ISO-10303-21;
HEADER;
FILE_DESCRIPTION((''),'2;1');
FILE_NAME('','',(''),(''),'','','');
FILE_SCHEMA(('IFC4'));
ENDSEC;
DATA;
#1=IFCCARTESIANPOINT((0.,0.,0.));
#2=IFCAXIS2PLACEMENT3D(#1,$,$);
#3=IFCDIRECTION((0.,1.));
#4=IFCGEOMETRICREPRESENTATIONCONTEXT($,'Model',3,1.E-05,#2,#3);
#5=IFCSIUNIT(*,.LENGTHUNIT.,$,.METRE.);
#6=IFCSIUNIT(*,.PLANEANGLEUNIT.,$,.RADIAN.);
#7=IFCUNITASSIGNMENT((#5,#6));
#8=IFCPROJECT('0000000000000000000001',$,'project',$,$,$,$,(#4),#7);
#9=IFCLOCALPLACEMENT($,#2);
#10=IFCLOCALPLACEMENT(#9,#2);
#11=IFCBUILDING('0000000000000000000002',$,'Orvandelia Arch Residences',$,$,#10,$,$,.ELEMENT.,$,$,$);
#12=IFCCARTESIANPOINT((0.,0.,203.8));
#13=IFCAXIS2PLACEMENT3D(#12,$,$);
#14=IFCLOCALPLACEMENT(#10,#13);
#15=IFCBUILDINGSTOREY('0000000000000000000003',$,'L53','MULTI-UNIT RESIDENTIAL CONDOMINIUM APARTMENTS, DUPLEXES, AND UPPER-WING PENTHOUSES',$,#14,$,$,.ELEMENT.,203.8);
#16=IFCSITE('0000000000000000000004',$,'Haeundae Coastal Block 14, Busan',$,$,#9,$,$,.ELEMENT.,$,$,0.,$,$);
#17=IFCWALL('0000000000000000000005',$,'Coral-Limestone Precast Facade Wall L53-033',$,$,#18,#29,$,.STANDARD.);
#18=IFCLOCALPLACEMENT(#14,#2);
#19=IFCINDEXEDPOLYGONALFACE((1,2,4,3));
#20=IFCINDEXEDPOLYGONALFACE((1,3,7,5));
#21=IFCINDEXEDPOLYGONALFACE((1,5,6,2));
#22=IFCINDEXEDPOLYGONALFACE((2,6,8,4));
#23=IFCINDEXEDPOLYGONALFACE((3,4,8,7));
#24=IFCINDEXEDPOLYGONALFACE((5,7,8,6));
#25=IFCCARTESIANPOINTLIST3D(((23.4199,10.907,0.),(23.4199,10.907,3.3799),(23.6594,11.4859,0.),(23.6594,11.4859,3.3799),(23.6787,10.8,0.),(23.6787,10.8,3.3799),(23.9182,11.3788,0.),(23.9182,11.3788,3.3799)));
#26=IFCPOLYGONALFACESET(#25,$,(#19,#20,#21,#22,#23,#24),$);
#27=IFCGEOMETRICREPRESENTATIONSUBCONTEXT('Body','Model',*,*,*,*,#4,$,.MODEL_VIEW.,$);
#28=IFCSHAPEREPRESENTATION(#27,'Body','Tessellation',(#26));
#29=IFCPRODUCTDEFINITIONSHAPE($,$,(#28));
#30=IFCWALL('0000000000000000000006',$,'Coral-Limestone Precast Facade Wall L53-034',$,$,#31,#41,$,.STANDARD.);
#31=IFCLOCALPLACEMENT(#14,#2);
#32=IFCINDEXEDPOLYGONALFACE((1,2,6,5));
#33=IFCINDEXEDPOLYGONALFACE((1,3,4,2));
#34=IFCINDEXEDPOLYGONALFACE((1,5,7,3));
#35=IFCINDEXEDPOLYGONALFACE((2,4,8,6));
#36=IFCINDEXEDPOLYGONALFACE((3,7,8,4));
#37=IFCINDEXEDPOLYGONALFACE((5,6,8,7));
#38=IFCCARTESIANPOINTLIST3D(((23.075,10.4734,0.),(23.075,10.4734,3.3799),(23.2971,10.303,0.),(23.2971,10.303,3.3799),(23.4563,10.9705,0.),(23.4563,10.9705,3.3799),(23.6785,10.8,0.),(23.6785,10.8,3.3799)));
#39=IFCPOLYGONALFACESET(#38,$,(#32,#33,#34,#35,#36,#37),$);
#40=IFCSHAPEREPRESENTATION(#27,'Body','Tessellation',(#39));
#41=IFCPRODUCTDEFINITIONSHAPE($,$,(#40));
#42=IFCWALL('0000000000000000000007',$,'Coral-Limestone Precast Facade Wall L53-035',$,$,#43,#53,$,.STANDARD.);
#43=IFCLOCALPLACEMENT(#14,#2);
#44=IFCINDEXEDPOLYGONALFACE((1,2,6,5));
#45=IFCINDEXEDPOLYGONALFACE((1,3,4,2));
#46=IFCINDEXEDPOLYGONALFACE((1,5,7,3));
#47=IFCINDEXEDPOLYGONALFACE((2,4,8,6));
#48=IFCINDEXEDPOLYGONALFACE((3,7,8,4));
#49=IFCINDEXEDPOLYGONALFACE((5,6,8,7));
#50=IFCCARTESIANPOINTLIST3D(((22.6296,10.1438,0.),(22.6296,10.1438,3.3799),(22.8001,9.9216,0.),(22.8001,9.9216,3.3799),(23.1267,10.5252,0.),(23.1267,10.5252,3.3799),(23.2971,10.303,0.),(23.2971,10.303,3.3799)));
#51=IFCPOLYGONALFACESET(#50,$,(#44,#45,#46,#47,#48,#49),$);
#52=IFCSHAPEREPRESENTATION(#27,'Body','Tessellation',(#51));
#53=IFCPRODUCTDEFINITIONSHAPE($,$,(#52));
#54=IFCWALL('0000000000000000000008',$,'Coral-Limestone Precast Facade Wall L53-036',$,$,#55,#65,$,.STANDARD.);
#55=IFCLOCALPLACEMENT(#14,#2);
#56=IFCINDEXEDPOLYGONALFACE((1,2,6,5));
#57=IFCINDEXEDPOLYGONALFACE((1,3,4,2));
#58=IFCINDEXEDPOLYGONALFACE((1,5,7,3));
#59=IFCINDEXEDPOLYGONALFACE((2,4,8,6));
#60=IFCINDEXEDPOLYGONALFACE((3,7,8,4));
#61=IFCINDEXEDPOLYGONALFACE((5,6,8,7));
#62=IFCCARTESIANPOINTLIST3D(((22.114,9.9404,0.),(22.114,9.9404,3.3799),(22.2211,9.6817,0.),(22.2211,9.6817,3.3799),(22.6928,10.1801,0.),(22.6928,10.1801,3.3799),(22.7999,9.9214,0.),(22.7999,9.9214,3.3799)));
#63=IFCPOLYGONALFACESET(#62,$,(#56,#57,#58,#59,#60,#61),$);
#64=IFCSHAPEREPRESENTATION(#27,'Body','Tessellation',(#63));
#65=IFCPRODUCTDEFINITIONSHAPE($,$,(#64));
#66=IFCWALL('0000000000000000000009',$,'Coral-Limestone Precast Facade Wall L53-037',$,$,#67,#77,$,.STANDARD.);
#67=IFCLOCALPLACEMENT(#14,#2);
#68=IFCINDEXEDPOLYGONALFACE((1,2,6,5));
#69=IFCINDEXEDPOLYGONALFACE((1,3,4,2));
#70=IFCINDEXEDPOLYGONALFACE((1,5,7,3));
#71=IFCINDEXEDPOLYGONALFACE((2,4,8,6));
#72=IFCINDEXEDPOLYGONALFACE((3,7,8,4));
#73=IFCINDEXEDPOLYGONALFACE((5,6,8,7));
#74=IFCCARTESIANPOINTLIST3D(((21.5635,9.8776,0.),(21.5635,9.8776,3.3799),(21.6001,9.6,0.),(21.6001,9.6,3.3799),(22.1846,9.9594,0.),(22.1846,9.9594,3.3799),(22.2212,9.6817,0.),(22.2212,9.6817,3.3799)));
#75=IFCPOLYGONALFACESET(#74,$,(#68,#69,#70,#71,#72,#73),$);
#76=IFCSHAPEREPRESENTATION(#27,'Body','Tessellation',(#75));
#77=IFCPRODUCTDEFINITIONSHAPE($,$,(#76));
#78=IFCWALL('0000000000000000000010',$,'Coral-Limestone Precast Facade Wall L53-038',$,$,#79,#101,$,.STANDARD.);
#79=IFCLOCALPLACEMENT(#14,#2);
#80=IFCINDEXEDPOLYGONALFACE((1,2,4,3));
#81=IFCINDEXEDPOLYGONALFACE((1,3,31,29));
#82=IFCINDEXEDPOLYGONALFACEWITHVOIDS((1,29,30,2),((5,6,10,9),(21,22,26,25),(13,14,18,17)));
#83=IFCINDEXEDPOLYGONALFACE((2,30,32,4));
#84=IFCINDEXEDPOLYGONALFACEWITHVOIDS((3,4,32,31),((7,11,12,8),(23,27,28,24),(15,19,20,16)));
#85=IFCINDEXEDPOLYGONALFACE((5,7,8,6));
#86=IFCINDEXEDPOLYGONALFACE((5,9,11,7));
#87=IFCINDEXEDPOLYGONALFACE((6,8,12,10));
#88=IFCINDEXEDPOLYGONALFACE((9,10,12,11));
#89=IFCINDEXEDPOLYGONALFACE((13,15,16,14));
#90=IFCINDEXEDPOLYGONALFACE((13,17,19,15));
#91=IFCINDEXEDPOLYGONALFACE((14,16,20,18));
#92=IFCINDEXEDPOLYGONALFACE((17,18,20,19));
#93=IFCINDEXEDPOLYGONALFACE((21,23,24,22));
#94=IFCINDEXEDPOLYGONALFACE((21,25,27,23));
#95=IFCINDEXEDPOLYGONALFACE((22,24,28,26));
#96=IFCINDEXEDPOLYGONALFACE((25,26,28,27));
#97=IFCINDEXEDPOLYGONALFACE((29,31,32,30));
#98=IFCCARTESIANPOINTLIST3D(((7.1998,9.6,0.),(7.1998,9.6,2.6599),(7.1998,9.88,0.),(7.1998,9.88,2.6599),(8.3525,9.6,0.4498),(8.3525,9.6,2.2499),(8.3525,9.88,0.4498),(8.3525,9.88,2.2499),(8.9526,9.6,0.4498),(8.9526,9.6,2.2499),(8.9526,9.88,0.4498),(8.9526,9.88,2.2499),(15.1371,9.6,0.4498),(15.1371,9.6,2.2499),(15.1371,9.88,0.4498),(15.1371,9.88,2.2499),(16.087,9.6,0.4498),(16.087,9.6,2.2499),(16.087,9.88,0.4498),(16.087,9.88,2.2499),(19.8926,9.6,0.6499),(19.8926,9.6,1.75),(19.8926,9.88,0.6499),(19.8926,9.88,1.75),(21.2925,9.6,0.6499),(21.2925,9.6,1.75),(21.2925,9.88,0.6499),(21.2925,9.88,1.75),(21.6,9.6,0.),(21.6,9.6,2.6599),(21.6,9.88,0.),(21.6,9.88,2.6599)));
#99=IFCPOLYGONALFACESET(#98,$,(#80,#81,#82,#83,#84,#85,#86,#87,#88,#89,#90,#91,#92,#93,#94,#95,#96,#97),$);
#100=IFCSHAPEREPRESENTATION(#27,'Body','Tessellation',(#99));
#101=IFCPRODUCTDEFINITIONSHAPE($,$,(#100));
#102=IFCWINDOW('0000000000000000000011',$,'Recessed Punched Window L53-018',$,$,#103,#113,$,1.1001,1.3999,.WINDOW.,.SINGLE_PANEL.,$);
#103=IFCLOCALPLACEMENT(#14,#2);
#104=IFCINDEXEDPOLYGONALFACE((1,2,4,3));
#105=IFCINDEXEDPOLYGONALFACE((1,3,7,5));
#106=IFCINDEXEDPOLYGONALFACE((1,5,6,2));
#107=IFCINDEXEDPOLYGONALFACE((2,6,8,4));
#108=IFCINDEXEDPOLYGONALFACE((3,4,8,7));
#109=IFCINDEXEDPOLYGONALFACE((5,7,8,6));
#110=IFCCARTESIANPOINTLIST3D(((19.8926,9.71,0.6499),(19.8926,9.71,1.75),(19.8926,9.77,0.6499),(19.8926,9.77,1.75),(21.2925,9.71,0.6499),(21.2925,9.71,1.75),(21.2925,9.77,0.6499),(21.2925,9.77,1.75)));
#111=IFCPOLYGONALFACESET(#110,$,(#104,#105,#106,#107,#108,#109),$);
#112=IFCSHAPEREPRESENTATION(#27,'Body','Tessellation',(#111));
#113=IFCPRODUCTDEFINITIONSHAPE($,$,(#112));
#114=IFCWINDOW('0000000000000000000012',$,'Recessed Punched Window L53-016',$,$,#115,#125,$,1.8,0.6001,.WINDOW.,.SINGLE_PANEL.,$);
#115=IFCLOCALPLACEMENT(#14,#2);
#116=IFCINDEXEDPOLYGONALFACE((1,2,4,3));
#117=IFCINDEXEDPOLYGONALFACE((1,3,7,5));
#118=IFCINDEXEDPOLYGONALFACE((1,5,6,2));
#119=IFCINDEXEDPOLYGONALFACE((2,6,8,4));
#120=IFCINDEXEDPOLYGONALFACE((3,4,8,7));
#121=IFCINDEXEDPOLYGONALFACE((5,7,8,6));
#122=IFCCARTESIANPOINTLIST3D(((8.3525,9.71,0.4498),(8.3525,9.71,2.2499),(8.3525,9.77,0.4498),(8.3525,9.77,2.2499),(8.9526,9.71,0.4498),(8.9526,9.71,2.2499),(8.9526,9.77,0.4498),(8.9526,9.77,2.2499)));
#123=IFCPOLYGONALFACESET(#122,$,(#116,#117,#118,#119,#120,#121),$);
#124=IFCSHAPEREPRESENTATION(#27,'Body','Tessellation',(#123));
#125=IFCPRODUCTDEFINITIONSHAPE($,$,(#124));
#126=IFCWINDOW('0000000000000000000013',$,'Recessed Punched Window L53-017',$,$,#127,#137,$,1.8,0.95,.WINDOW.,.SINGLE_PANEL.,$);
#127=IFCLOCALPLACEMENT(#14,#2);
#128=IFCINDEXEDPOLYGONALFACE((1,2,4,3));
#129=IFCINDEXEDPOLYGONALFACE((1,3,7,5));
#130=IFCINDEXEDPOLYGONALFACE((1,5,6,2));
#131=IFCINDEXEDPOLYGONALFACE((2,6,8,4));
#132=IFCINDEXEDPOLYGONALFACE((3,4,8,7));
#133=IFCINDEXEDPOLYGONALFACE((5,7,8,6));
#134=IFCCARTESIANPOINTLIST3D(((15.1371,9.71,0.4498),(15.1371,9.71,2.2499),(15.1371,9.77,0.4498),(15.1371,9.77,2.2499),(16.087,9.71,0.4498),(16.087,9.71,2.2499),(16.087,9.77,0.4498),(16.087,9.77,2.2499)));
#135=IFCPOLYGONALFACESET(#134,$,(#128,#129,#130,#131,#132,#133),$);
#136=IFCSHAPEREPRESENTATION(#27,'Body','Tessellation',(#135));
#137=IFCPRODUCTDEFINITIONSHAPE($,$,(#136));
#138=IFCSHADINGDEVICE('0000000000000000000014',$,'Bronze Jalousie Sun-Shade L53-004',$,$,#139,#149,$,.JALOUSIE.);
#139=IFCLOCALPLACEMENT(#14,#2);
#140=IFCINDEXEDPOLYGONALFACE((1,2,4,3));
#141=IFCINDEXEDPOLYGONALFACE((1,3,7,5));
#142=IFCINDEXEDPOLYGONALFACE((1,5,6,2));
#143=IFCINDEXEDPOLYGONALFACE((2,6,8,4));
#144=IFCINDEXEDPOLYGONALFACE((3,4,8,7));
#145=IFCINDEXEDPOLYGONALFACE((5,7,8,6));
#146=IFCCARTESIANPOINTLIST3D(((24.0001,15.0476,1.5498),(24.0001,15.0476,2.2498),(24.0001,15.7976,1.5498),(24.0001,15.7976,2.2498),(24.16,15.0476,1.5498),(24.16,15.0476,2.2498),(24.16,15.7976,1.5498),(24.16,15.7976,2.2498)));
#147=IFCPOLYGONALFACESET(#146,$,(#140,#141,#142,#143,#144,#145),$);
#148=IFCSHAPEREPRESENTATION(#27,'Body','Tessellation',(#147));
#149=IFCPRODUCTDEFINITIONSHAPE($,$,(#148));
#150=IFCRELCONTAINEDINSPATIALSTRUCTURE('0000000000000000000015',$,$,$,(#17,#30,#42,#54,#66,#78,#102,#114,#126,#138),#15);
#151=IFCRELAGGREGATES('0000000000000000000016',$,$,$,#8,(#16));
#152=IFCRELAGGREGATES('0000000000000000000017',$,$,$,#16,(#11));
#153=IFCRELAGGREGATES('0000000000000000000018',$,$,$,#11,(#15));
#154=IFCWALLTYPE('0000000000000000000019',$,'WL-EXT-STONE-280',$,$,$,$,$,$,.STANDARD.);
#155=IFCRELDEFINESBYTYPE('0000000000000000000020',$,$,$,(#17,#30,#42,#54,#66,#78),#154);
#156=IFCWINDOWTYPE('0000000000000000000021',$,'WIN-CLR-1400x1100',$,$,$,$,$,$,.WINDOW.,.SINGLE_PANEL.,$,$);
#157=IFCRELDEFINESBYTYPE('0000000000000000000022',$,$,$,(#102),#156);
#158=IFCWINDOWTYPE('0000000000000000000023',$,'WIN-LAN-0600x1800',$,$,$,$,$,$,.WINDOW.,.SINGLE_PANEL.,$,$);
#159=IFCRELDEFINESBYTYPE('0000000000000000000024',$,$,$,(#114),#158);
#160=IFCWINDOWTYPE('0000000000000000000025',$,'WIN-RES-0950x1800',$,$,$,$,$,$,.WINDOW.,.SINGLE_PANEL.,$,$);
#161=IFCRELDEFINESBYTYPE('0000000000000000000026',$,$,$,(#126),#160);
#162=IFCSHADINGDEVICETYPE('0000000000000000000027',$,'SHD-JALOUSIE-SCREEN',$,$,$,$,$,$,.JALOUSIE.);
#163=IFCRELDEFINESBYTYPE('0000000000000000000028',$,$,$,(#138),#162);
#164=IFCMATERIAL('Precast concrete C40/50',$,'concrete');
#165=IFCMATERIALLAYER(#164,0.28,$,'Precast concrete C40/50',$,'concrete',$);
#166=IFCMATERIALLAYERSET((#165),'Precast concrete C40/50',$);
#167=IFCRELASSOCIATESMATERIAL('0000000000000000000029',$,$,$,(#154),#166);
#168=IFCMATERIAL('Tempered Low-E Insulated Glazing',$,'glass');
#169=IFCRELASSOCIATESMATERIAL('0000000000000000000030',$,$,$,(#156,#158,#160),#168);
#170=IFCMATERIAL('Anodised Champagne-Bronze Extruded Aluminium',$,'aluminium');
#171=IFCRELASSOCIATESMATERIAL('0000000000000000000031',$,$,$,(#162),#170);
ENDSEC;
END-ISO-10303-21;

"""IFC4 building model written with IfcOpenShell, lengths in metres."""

from ifc_helpers import new_model, si_unit, direction, frame, frame_2d, origin, origin_2d, place, context, subcontext, project, spatial, rectangle, extrude, material, layer, layer_set, type_object, element, fill, save


model = new_model("IFC4")

# Units and contexts
model_context = context("Model", 3, precision=1e-05, world=origin(), true_north=direction((0.0, 1.0)))
body_context = subcontext(model_context, "Body", "Model", "MODEL_VIEW")
ifc_project = project(units=[si_unit("LENGTHUNIT", "METRE"), si_unit("PLANEANGLEUNIT", "RADIAN")], contexts=[model_context])

# Site, building, storey
site_placement = place(None, origin())
site = spatial("IfcSite", under=ifc_project, at=site_placement, Name="Haeundae Coastal Block 14, Busan", CompositionType="ELEMENT", RefElevation=0.0)
building_placement = place(site_placement, origin())
building = spatial("IfcBuilding", under=site, at=building_placement, Name="Orvandelia Arch Residences", CompositionType="ELEMENT")
storey_placement = place(building_placement, frame((0.0, 0.0, 203.8)))
storey = spatial("IfcBuildingStorey", under=building, at=storey_placement, Name="L53", Description="MULTI-UNIT RESIDENTIAL CONDOMINIUM APARTMENTS, DUPLEXES, AND UPPER-WING PENTHOUSES", CompositionType="ELEMENT", Elevation=203.8)

# Walls
ifc_material_1 = material(Name="Precast concrete C40/50", Category="concrete")
ifc_layer = layer(ifc_material_1, 0.28, Name="Precast concrete C40/50", Category="concrete")
ifc_layer_set = layer_set([ifc_layer], Name="Precast concrete C40/50")
wall_type = type_object("IfcWallType", Name="WL-EXT-STONE-280", PredefinedType="STANDARD", material=ifc_layer_set)
for number, where, z_axis, x_axis, name in (
    (1, (23.7888, 11.4324, 0.0), (0.0, 0.0, 1.0), (-0.382317, -0.924031, 0.0), "Coral-Limestone Precast Facade Wall L53-033"),
    (2, (23.5674, 10.8853, 0.0), (0.0, 0.0, 1.0), (-0.608693, -0.793406, 0.0), "Coral-Limestone Precast Facade Wall L53-034"),
    (3, (23.2119, 10.4141, 0.0), (0.0, 0.0, 1.0), (-0.793406, -0.608693, 0.0), "Coral-Limestone Precast Facade Wall L53-035"),
    (4, (22.7463, 10.0508, 0.0), (0.0, 0.0, 1.0), (-0.923893, -0.38265, 0.0), "Coral-Limestone Precast Facade Wall L53-036"),
    (5, (22.2029, 9.8206, 0.0), (0.0, 0.0, 1.0), (-0.991441, -0.130555, 0.0), "Coral-Limestone Precast Facade Wall L53-037"),
):
    element("IfcWall", number, at=place(storey_placement, frame(where, z_axis=z_axis, x_axis=x_axis)), inside=storey, type_object=wall_type, Name=name, PredefinedType="STANDARD", context=body_context, shape_type="SweptSolid", body=[
        extrude(rectangle(XDim=0.6265, YDim=0.28, at=frame_2d((0.3132, 0.0))), origin(), (0.0, 0.0, 1.0), 3.3799),
    ])

# Wall, openings, windows
wall_placement = place(storey_placement, frame((21.6001, 9.74, 0.0), z_axis=(0.0, 0.0, 1.0), x_axis=(-1.0, 0.0, 0.0)))
wall = element("IfcWall", 6, at=wall_placement, inside=storey, type_object=wall_type, Name="Coral-Limestone Precast Facade Wall L53-038", PredefinedType="STANDARD", context=body_context, shape_type="SweptSolid", body=[
    extrude(rectangle(XDim=14.4001, YDim=0.28, at=frame_2d((7.2002, 0.0))), origin(), (0.0, 0.0, 1.0), 2.6599),
])
opening_1_placement = place(wall_placement, frame((12.6475, 0.0, 0.45)))
opening_1 = element("IfcOpeningElement", 7, at=opening_1_placement, cuts=wall, PredefinedType="OPENING", context=body_context, shape_type="SweptSolid", body=[
    extrude(rectangle(XDim=0.6001, YDim=1.8, at=frame_2d((0.3, 0.8999))), frame((0.0, 0.1499, 0.0), z_axis=(0.0, -1.0, 0.0), x_axis=(1.0, 0.0, 0.0)), (0.0, 0.0, 1.0), 0.3),
])
opening_2_placement = place(wall_placement, frame((5.5129, 0.0, 0.45)))
opening_2 = element("IfcOpeningElement", 8, at=opening_2_placement, cuts=wall, PredefinedType="OPENING", context=body_context, shape_type="SweptSolid", body=[
    extrude(rectangle(XDim=0.95, YDim=1.8, at=frame_2d((0.4751, 0.8999))), frame((0.0, 0.1499, 0.0), z_axis=(0.0, -1.0, 0.0), x_axis=(1.0, 0.0, 0.0)), (0.0, 0.0, 1.0), 0.3),
])
opening_3_placement = place(wall_placement, frame((0.3076, 0.0, 0.6499)))
opening_3 = element("IfcOpeningElement", 9, at=opening_3_placement, cuts=wall, PredefinedType="OPENING", context=body_context, shape_type="SweptSolid", body=[
    extrude(rectangle(XDim=1.3999, YDim=1.1001, at=frame_2d((0.7, 0.55))), frame((0.0, 0.1499, 0.0), z_axis=(0.0, -1.0, 0.0), x_axis=(1.0, 0.0, 0.0)), (0.0, 0.0, 1.0), 0.3),
])
ifc_material_2 = material(Name="Tempered Low-E Insulated Glazing", Category="glass")
window_type_1 = type_object("IfcWindowType", Name="WIN-CLR-1400x1100", PartitioningType="SINGLE_PANEL", PredefinedType="WINDOW", material=ifc_material_2)
window_1_placement = place(opening_3_placement, origin())
window_1 = element("IfcWindow", 10, at=window_1_placement, inside=storey, type_object=window_type_1, Name="Recessed Punched Window L53-018", OverallHeight=1.1001, OverallWidth=1.3999, PartitioningType="SINGLE_PANEL", PredefinedType="WINDOW", context=body_context, shape_type="SweptSolid", body=[
    extrude(rectangle(XDim=1.3999, YDim=1.1001, at=frame_2d((0.7, 0.55))), frame((0.0, 0.03, 0.0), z_axis=(0.0, -1.0, 0.0), x_axis=(1.0, 0.0, 0.0)), (0.0, 0.0, 1.0), 0.0601),
])
fill(opening_3, window_1)
window_type_2 = type_object("IfcWindowType", Name="WIN-LAN-0600x1800", PartitioningType="SINGLE_PANEL", PredefinedType="WINDOW", material=ifc_material_2)
window_2_placement = place(opening_1_placement, origin())
window_2 = element("IfcWindow", 11, at=window_2_placement, inside=storey, type_object=window_type_2, Name="Recessed Punched Window L53-016", OverallHeight=1.8, OverallWidth=0.6001, PartitioningType="SINGLE_PANEL", PredefinedType="WINDOW", context=body_context, shape_type="SweptSolid", body=[
    extrude(rectangle(XDim=0.6001, YDim=1.8, at=frame_2d((0.3, 0.8999))), frame((0.0, 0.03, 0.0), z_axis=(0.0, -1.0, 0.0), x_axis=(1.0, 0.0, 0.0)), (0.0, 0.0, 1.0), 0.0601),
])
fill(opening_1, window_2)
window_type_3 = type_object("IfcWindowType", Name="WIN-RES-0950x1800", PartitioningType="SINGLE_PANEL", PredefinedType="WINDOW", material=ifc_material_2)
window_3_placement = place(opening_2_placement, origin())
window_3 = element("IfcWindow", 12, at=window_3_placement, inside=storey, type_object=window_type_3, Name="Recessed Punched Window L53-017", OverallHeight=1.8, OverallWidth=0.95, PartitioningType="SINGLE_PANEL", PredefinedType="WINDOW", context=body_context, shape_type="SweptSolid", body=[
    extrude(rectangle(XDim=0.95, YDim=1.8, at=frame_2d((0.4751, 0.8999))), frame((0.0, 0.03, 0.0), z_axis=(0.0, -1.0, 0.0), x_axis=(1.0, 0.0, 0.0)), (0.0, 0.0, 1.0), 0.0601),
])
fill(opening_2, window_3)

# Shading device
ifc_material_3 = material(Name="Anodised Champagne-Bronze Extruded Aluminium", Category="aluminium")
shading_device_type = type_object("IfcShadingDeviceType", Name="SHD-JALOUSIE-SCREEN", PredefinedType="JALOUSIE", material=ifc_material_3)
shading_device_placement = place(storey_placement, frame((24.0801, 15.4226, 1.5498), z_axis=(0.0, 0.0, 1.0), x_axis=(0.0, -1.0, 0.0)))
element("IfcShadingDevice", 13, at=shading_device_placement, inside=storey, type_object=shading_device_type, Name="Bronze Jalousie Sun-Shade L53-004", PredefinedType="JALOUSIE", context=body_context, shape_type="SweptSolid", body=[
    extrude(rectangle(XDim=0.75, YDim=0.1599, at=origin_2d()), origin(), (0.0, 0.0, 1.0), 0.7),
])

save(model, "model.ifc")
